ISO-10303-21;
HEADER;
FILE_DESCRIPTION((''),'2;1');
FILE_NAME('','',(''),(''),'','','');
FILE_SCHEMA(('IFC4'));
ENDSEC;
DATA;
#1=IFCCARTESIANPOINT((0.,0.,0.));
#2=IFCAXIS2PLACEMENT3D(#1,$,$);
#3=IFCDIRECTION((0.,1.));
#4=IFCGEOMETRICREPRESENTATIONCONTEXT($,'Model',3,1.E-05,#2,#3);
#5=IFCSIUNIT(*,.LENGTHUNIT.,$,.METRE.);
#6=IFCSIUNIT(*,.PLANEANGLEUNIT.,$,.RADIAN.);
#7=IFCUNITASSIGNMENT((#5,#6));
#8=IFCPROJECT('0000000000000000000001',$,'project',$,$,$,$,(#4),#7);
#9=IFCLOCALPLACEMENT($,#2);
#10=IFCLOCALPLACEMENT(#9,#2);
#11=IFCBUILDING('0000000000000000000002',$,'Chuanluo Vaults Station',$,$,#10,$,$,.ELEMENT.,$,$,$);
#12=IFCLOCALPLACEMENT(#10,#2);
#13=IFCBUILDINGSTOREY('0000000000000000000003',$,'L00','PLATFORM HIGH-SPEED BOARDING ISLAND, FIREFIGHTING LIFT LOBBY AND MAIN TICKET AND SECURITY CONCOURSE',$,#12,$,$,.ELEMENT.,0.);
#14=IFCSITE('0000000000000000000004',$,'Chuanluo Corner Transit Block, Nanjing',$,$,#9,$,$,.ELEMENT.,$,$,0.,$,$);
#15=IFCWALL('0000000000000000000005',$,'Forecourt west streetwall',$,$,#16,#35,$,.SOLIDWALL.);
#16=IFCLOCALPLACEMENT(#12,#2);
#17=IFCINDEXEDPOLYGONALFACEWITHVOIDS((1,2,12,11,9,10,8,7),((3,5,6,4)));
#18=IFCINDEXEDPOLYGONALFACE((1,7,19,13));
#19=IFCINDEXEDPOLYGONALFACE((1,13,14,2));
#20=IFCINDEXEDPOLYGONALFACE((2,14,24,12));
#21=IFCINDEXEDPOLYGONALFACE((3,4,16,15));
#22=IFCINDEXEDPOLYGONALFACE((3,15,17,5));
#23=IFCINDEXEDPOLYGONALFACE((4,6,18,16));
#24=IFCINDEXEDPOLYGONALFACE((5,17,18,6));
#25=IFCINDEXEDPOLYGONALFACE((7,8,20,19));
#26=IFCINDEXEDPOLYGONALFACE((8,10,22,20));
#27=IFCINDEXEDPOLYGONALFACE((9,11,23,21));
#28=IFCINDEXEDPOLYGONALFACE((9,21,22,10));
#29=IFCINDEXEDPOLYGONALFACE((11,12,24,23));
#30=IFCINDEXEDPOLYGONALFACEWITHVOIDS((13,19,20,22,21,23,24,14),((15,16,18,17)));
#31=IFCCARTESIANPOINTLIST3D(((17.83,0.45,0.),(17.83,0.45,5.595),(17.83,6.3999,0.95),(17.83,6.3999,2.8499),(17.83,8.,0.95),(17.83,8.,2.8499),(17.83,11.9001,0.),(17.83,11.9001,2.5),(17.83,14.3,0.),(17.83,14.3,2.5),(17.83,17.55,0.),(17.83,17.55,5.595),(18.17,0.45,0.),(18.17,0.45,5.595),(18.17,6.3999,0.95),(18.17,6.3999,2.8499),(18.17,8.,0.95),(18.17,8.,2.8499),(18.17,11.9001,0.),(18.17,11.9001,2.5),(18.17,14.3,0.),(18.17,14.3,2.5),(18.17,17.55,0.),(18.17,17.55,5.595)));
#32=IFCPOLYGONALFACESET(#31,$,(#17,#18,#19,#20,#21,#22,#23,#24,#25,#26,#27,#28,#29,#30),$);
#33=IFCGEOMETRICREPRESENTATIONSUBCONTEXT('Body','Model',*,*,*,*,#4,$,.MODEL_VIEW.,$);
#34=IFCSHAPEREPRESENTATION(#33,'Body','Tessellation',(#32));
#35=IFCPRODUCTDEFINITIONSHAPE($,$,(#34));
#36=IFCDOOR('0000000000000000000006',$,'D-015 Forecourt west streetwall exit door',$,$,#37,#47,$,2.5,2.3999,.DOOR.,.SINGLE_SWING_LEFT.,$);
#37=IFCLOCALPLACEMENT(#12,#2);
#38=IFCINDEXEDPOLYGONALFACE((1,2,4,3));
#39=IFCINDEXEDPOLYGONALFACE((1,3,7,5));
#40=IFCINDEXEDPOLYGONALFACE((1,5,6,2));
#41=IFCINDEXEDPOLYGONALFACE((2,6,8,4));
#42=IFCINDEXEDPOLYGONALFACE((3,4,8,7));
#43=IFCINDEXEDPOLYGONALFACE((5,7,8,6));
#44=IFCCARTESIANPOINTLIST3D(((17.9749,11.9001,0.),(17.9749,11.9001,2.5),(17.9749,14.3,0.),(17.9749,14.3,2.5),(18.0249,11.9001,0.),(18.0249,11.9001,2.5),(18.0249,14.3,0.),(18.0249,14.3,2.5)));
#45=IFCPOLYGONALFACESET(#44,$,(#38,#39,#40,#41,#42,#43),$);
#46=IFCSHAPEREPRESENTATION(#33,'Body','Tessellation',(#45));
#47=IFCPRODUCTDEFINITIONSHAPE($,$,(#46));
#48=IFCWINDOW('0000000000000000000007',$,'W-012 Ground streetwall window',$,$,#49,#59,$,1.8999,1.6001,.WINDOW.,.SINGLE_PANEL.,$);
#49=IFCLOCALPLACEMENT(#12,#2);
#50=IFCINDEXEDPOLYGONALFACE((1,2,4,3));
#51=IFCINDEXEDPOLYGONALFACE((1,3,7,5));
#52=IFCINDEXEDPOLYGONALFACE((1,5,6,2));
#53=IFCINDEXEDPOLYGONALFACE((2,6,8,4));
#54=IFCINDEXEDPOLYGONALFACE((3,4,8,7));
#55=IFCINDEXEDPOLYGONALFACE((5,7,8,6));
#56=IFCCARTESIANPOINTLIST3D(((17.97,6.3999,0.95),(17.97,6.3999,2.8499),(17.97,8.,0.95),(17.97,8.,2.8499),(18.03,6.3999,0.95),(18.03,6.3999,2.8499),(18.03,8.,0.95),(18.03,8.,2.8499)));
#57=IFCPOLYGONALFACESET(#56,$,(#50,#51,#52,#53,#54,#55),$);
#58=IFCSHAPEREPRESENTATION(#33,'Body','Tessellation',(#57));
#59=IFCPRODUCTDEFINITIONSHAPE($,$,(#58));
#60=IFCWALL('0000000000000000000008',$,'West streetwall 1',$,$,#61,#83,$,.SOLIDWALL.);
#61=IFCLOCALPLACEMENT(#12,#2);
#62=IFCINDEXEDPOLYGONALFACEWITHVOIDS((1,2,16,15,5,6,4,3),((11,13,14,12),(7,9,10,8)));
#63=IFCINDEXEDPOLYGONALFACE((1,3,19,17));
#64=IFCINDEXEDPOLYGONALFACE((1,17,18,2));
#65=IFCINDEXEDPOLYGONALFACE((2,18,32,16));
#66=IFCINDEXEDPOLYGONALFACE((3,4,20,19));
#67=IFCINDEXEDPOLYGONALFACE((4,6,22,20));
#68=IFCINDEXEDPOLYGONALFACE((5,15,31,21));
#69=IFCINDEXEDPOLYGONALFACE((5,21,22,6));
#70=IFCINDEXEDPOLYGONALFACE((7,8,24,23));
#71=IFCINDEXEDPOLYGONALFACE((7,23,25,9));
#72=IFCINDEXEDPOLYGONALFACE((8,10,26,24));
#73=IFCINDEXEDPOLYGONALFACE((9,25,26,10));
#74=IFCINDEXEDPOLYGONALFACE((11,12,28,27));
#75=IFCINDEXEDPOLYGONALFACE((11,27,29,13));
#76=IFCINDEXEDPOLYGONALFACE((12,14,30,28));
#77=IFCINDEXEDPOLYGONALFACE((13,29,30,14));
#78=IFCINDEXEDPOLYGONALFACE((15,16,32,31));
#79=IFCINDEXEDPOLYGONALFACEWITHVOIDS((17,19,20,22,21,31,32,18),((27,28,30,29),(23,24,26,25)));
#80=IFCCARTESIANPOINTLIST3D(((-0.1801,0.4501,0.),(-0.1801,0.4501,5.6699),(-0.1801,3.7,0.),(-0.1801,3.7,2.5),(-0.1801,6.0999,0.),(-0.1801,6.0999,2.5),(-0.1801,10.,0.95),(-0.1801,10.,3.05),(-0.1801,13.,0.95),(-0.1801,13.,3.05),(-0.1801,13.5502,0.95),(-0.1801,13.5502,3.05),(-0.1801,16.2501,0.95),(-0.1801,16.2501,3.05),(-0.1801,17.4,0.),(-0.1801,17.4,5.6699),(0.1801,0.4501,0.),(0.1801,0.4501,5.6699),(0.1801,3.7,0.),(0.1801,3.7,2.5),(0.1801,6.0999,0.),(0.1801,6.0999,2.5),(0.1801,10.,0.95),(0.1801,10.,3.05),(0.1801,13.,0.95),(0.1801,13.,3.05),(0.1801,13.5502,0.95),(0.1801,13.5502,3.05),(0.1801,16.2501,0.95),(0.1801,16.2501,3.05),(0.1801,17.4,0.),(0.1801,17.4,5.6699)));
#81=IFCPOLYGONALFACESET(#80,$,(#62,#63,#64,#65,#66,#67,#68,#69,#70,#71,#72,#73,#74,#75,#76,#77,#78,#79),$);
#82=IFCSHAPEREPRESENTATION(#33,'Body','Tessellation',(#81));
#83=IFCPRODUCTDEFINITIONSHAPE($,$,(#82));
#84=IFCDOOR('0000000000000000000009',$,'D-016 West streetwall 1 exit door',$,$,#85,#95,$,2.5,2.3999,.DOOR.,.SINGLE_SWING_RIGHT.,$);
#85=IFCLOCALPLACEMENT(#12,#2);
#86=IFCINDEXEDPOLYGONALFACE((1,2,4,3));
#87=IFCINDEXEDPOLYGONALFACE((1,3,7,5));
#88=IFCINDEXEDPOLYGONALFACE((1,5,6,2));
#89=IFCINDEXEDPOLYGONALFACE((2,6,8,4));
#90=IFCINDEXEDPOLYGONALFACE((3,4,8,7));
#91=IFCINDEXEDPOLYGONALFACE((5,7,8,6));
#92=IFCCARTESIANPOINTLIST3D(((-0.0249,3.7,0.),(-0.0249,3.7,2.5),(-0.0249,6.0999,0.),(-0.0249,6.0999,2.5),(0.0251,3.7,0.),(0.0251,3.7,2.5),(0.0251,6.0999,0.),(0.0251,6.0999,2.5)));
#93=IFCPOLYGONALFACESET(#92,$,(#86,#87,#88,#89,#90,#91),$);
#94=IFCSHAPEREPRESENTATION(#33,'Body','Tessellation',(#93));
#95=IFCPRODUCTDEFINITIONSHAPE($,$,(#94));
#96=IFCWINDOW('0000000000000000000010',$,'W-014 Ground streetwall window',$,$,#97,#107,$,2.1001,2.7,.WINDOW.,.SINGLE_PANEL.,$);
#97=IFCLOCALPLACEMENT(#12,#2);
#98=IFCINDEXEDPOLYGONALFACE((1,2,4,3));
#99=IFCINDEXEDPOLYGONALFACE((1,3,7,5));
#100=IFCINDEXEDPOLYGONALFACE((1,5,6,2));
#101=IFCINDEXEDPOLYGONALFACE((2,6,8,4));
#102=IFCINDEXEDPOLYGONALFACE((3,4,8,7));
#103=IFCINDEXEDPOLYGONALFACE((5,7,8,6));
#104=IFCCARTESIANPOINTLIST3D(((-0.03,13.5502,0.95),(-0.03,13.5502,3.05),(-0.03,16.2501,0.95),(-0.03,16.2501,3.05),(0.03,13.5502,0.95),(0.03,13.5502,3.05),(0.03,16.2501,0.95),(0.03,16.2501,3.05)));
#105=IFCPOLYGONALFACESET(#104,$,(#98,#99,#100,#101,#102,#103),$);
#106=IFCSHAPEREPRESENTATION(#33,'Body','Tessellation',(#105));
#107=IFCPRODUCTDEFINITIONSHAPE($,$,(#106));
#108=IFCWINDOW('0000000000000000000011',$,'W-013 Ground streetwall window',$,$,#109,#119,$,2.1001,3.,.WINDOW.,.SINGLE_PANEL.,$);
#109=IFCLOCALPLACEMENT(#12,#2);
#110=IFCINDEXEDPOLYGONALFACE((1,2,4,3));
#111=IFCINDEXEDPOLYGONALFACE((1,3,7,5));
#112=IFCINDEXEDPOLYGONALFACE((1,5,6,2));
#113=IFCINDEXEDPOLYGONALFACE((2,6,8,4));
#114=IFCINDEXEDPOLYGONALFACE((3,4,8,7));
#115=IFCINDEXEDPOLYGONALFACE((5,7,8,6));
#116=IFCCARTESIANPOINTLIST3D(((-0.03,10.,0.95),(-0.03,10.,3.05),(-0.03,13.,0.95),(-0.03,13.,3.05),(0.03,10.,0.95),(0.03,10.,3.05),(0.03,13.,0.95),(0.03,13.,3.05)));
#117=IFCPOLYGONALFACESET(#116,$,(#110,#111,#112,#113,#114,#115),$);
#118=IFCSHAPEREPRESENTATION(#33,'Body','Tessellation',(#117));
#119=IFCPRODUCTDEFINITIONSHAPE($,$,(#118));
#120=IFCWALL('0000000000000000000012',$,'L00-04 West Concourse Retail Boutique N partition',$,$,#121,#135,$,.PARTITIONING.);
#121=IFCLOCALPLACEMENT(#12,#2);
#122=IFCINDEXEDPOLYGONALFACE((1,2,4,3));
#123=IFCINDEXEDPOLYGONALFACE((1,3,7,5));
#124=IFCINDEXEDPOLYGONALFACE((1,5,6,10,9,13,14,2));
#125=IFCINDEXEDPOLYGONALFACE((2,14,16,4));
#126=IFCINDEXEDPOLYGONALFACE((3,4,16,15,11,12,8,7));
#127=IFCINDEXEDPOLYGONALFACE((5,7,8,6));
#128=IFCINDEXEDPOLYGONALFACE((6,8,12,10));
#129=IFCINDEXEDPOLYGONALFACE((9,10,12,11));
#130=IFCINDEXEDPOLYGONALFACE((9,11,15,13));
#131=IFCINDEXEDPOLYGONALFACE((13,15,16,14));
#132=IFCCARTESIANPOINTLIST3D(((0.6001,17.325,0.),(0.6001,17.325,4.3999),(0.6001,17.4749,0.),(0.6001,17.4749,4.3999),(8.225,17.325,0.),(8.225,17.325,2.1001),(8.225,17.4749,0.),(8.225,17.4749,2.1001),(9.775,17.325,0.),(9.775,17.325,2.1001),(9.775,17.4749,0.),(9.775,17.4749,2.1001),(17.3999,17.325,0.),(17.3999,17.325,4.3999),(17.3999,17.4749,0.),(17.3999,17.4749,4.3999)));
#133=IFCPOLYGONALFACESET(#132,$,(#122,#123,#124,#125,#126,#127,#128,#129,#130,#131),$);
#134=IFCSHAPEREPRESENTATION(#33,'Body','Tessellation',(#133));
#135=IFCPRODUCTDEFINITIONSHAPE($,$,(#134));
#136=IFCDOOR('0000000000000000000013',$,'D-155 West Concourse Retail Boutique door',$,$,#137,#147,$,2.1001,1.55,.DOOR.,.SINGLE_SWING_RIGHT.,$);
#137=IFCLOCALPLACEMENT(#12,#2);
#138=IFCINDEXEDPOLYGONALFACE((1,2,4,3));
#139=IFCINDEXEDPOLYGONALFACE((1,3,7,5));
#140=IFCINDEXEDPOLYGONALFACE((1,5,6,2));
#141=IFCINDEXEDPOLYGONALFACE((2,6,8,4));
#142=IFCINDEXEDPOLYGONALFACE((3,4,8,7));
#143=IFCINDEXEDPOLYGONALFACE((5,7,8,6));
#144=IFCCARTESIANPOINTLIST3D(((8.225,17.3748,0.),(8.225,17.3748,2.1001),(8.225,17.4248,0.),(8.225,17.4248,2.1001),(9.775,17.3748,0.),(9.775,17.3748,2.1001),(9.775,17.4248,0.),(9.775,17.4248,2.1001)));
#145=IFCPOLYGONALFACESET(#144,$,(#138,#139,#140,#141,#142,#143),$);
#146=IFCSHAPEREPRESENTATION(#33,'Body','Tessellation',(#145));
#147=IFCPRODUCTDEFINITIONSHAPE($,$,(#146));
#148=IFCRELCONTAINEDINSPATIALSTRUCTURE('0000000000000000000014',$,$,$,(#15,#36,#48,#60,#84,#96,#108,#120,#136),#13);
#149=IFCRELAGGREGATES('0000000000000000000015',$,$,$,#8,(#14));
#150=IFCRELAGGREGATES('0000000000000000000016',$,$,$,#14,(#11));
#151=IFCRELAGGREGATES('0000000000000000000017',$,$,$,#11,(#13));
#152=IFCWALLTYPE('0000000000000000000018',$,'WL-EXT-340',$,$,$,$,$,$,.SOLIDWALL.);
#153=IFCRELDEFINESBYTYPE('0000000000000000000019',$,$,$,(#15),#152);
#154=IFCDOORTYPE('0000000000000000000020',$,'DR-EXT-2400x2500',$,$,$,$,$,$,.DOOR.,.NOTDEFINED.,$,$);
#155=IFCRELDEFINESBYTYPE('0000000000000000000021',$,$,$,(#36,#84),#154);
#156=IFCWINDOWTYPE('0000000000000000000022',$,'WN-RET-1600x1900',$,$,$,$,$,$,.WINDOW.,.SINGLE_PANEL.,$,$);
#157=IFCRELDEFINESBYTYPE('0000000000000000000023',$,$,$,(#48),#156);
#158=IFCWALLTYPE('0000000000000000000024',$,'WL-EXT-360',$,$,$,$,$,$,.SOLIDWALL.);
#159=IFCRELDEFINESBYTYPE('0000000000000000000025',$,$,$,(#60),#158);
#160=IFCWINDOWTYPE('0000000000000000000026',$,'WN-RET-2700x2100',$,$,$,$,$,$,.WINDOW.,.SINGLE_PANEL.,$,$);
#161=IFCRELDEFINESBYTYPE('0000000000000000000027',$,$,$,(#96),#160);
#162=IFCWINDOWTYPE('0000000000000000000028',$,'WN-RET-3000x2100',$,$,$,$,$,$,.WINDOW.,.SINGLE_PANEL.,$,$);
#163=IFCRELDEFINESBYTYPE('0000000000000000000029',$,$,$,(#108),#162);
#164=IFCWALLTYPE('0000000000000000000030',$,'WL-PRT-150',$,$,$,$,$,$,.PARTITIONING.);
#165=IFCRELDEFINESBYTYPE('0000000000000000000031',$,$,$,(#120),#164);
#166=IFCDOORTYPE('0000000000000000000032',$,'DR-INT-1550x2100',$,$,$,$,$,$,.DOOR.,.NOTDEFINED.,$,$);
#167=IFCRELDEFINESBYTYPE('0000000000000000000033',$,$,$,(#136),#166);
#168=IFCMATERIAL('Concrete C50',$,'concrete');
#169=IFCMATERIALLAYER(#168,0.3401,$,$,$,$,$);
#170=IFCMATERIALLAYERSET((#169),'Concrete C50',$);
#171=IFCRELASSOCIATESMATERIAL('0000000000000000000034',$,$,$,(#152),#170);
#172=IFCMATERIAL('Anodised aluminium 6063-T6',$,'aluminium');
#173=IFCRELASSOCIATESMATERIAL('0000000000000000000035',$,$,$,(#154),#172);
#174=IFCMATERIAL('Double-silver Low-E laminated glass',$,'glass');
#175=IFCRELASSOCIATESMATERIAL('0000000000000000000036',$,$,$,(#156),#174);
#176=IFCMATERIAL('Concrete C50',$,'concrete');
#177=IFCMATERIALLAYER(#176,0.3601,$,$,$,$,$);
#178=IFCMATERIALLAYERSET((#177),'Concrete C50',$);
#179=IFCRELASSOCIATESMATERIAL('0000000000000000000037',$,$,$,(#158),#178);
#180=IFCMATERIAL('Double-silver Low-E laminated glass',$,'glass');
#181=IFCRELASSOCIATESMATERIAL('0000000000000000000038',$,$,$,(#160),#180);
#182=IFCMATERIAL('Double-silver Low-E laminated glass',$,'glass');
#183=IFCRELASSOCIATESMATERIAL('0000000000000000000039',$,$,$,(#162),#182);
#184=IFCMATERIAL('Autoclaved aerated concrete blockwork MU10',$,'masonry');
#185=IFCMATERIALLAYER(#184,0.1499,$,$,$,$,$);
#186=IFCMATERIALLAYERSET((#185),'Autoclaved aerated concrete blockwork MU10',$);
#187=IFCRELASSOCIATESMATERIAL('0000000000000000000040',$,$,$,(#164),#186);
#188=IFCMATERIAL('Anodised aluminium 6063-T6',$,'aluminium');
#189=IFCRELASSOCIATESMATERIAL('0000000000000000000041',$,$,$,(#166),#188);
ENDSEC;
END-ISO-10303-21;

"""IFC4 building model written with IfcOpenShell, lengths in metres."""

from ifc_helpers import new_model, si_unit, direction, frame, frame_2d, origin, place, context, subcontext, project, spatial, rectangle, extrude, material, layer, layer_set, type_object, element, fill, save


model = new_model("IFC4")

# Units and contexts
model_context = context("Model", 3, precision=1e-05, world=origin(), true_north=direction((0.0, 1.0)))
body_context = subcontext(model_context, "Body", "Model", "MODEL_VIEW")
ifc_project = project(units=[si_unit("LENGTHUNIT", "METRE"), si_unit("PLANEANGLEUNIT", "RADIAN")], contexts=[model_context])

# Site, building, storey
site_placement = place(None, origin())
site = spatial("IfcSite", under=ifc_project, at=site_placement, Name="Chuanluo Corner Transit Block, Nanjing", CompositionType="ELEMENT", RefElevation=0.0)
building_placement = place(site_placement, origin())
building = spatial("IfcBuilding", under=site, at=building_placement, Name="Chuanluo Vaults Station", CompositionType="ELEMENT")
storey_placement = place(building_placement, origin())
storey = spatial("IfcBuildingStorey", under=building, at=storey_placement, Name="L00", Description="PLATFORM HIGH-SPEED BOARDING ISLAND, FIREFIGHTING LIFT LOBBY AND MAIN TICKET AND SECURITY CONCOURSE", CompositionType="ELEMENT", Elevation=0.0)

# Wall, openings, door, window
ifc_material_1 = material(Name="Concrete C50", Category="concrete")
ifc_layer_1 = layer(ifc_material_1, 0.3401)
ifc_layer_set_1 = layer_set([ifc_layer_1], Name="Concrete C50")
wall_type_1 = type_object("IfcWallType", Name="WL-EXT-340", PredefinedType="SOLIDWALL", material=ifc_layer_set_1)
wall_1_placement = place(storey_placement, frame((18.0, 17.55, 0.0), z_axis=(0.0, 0.0, 1.0), x_axis=(0.0, -1.0, 0.0)))
wall_1 = element("IfcWall", 1, at=wall_1_placement, inside=storey, type_object=wall_type_1, Name="Forecourt west streetwall", PredefinedType="SOLIDWALL", context=body_context, shape_type="SweptSolid", body=[
    extrude(rectangle(XDim=17.1001, YDim=0.3401, at=frame_2d((8.55, 0.0))), origin(), (0.0, 0.0, 1.0), 5.595),
])
opening_1_placement = place(wall_1_placement, frame((3.25, 0.0, 0.0)))
opening_1 = element("IfcOpeningElement", 2, at=opening_1_placement, cuts=wall_1, PredefinedType="OPENING", context=body_context, shape_type="SweptSolid", body=[
    extrude(rectangle(XDim=2.3999, YDim=2.5, at=frame_2d((1.2, 1.25))), frame((0.0, 0.1799, 0.0), z_axis=(0.0, -1.0, 0.0), x_axis=(1.0, 0.0, 0.0)), (0.0, 0.0, 1.0), 0.3601),
])
opening_2_placement = place(wall_1_placement, frame((9.55, 0.0, 0.95)))
opening_2 = element("IfcOpeningElement", 3, at=opening_2_placement, cuts=wall_1, PredefinedType="OPENING", context=body_context, shape_type="SweptSolid", body=[
    extrude(rectangle(XDim=1.6001, YDim=1.8999, at=frame_2d((0.8, 0.95))), frame((0.0, 0.1799, 0.0), z_axis=(0.0, -1.0, 0.0), x_axis=(1.0, 0.0, 0.0)), (0.0, 0.0, 1.0), 0.3601),
])
ifc_material_2 = material(Name="Anodised aluminium 6063-T6", Category="aluminium")
door_type_1 = type_object("IfcDoorType", Name="DR-EXT-2400x2500", OperationType="NOTDEFINED", PredefinedType="DOOR", material=ifc_material_2)
door_1_placement = place(opening_1_placement, origin())
door_1 = element("IfcDoor", 4, at=door_1_placement, inside=storey, type_object=door_type_1, Name="D-015 Forecourt west streetwall exit door", OperationType="SINGLE_SWING_LEFT", OverallHeight=2.5, OverallWidth=2.3999, PredefinedType="DOOR", context=body_context, shape_type="SweptSolid", body=[
    extrude(rectangle(XDim=2.3999, YDim=2.5, at=frame_2d((1.2, 1.25))), frame((0.0, 0.0249, 0.0), z_axis=(0.0, -1.0, 0.0), x_axis=(1.0, 0.0, 0.0)), (0.0, 0.0, 1.0), 0.05),
])
fill(opening_1, door_1)
ifc_material_3 = material(Name="Double-silver Low-E laminated glass", Category="glass")
window_type_1 = type_object("IfcWindowType", Name="WN-RET-1600x1900", PartitioningType="SINGLE_PANEL", PredefinedType="WINDOW", material=ifc_material_3)
window_1_placement = place(opening_2_placement, origin())
window_1 = element("IfcWindow", 5, at=window_1_placement, inside=storey, type_object=window_type_1, Name="W-012 Ground streetwall window", OverallHeight=1.8999, OverallWidth=1.6001, PartitioningType="SINGLE_PANEL", PredefinedType="WINDOW", context=body_context, shape_type="SweptSolid", body=[
    extrude(rectangle(XDim=1.6001, YDim=1.8999, at=frame_2d((0.8, 0.95))), frame((0.0, 0.03, 0.0), z_axis=(0.0, -1.0, 0.0), x_axis=(1.0, 0.0, 0.0)), (0.0, 0.0, 1.0), 0.0601),
])
fill(opening_2, window_1)

# Wall, openings, door, windows
ifc_material_4 = material(Name="Concrete C50", Category="concrete")
ifc_layer_2 = layer(ifc_material_4, 0.3601)
ifc_layer_set_2 = layer_set([ifc_layer_2], Name="Concrete C50")
wall_type_2 = type_object("IfcWallType", Name="WL-EXT-360", PredefinedType="SOLIDWALL", material=ifc_layer_set_2)
wall_2_placement = place(storey_placement, frame((0.0, 0.45, 0.0), z_axis=(0.0, 0.0, 1.0), x_axis=(0.0, 1.0, 0.0)))
wall_2 = element("IfcWall", 6, at=wall_2_placement, inside=storey, type_object=wall_type_2, Name="West streetwall 1", PredefinedType="SOLIDWALL", context=body_context, shape_type="SweptSolid", body=[
    extrude(rectangle(XDim=16.95, YDim=0.3601, at=frame_2d((8.4751, 0.0))), origin(), (0.0, 0.0, 1.0), 5.6699),
])
opening_3_placement = place(wall_2_placement, frame((3.25, 0.0, 0.0)))
opening_3 = element("IfcOpeningElement", 7, at=opening_3_placement, cuts=wall_2, PredefinedType="OPENING", context=body_context, shape_type="SweptSolid", body=[
    extrude(rectangle(XDim=2.3999, YDim=2.5, at=frame_2d((1.2, 1.25))), frame((0.0, 0.1902, 0.0), z_axis=(0.0, -1.0, 0.0), x_axis=(1.0, 0.0, 0.0)), (0.0, 0.0, 1.0), 0.3801),
])
opening_4_placement = place(wall_2_placement, frame((9.55, 0.0, 0.95)))
opening_4 = element("IfcOpeningElement", 8, at=opening_4_placement, cuts=wall_2, PredefinedType="OPENING", context=body_context, shape_type="SweptSolid", body=[
    extrude(rectangle(XDim=3.0, YDim=2.1001, at=frame_2d((1.5, 1.05))), frame((0.0, 0.1902, 0.0), z_axis=(0.0, -1.0, 0.0), x_axis=(1.0, 0.0, 0.0)), (0.0, 0.0, 1.0), 0.3801),
])
opening_5_placement = place(wall_2_placement, frame((13.1001, 0.0, 0.95)))
opening_5 = element("IfcOpeningElement", 9, at=opening_5_placement, cuts=wall_2, PredefinedType="OPENING", context=body_context, shape_type="SweptSolid", body=[
    extrude(rectangle(XDim=2.7, YDim=2.1001, at=frame_2d((1.3501, 1.05))), frame((0.0, 0.1902, 0.0), z_axis=(0.0, -1.0, 0.0), x_axis=(1.0, 0.0, 0.0)), (0.0, 0.0, 1.0), 0.3801),
])
door_2_placement = place(opening_3_placement, origin())
door_2 = element("IfcDoor", 10, at=door_2_placement, inside=storey, type_object=door_type_1, Name="D-016 West streetwall 1 exit door", OperationType="SINGLE_SWING_RIGHT", OverallHeight=2.5, OverallWidth=2.3999, PredefinedType="DOOR", context=body_context, shape_type="SweptSolid", body=[
    extrude(rectangle(XDim=2.3999, YDim=2.5, at=frame_2d((1.2, 1.25))), frame((0.0, 0.0249, 0.0), z_axis=(0.0, -1.0, 0.0), x_axis=(1.0, 0.0, 0.0)), (0.0, 0.0, 1.0), 0.05),
])
fill(opening_3, door_2)
ifc_material_5 = material(Name="Double-silver Low-E laminated glass", Category="glass")
window_type_2 = type_object("IfcWindowType", Name="WN-RET-2700x2100", PartitioningType="SINGLE_PANEL", PredefinedType="WINDOW", material=ifc_material_5)
window_2_placement = place(opening_5_placement, origin())
window_2 = element("IfcWindow", 11, at=window_2_placement, inside=storey, type_object=window_type_2, Name="W-014 Ground streetwall window", OverallHeight=2.1001, OverallWidth=2.7, PartitioningType="SINGLE_PANEL", PredefinedType="WINDOW", context=body_context, shape_type="SweptSolid", body=[
    extrude(rectangle(XDim=2.7, YDim=2.1001, at=frame_2d((1.3501, 1.05))), frame((0.0, 0.03, 0.0), z_axis=(0.0, -1.0, 0.0), x_axis=(1.0, 0.0, 0.0)), (0.0, 0.0, 1.0), 0.0601),
])
fill(opening_5, window_2)
ifc_material_6 = material(Name="Double-silver Low-E laminated glass", Category="glass")
window_type_3 = type_object("IfcWindowType", Name="WN-RET-3000x2100", PartitioningType="SINGLE_PANEL", PredefinedType="WINDOW", material=ifc_material_6)
window_3_placement = place(opening_4_placement, origin())
window_3 = element("IfcWindow", 12, at=window_3_placement, inside=storey, type_object=window_type_3, Name="W-013 Ground streetwall window", OverallHeight=2.1001, OverallWidth=3.0, PartitioningType="SINGLE_PANEL", PredefinedType="WINDOW", context=body_context, shape_type="SweptSolid", body=[
    extrude(rectangle(XDim=3.0, YDim=2.1001, at=frame_2d((1.5, 1.05))), frame((0.0, 0.03, 0.0), z_axis=(0.0, -1.0, 0.0), x_axis=(1.0, 0.0, 0.0)), (0.0, 0.0, 1.0), 0.0601),
])
fill(opening_4, window_3)

# Wall, opening, door
ifc_material_7 = material(Name="Autoclaved aerated concrete blockwork MU10", Category="masonry")
ifc_layer_3 = layer(ifc_material_7, 0.1499)
ifc_layer_set_3 = layer_set([ifc_layer_3], Name="Autoclaved aerated concrete blockwork MU10")
wall_type_3 = type_object("IfcWallType", Name="WL-PRT-150", PredefinedType="PARTITIONING", material=ifc_layer_set_3)
wall_3_placement = place(storey_placement, frame((0.6001, 17.3999, 0.0), z_axis=(0.0, 0.0, 1.0), x_axis=(1.0, 0.0, 0.0)))
wall_3 = element("IfcWall", 13, at=wall_3_placement, inside=storey, type_object=wall_type_3, Name="L00-04 West Concourse Retail Boutique N partition", PredefinedType="PARTITIONING", context=body_context, shape_type="SweptSolid", body=[
    extrude(rectangle(XDim=16.7998, YDim=0.1499, at=frame_2d((8.3999, 0.0))), origin(), (0.0, 0.0, 1.0), 4.3999),
])
opening_6_placement = place(wall_3_placement, frame((7.625, 0.0, 0.0)))
opening_6 = element("IfcOpeningElement", 14, at=opening_6_placement, cuts=wall_3, PredefinedType="OPENING", context=body_context, shape_type="SweptSolid", body=[
    extrude(rectangle(XDim=1.55, YDim=2.1001, at=frame_2d((0.7749, 1.05))), frame((0.0, 0.0849, 0.0), z_axis=(0.0, -1.0, 0.0), x_axis=(1.0, 0.0, 0.0)), (0.0, 0.0, 1.0), 0.1699),
])
ifc_material_8 = material(Name="Anodised aluminium 6063-T6", Category="aluminium")
door_type_2 = type_object("IfcDoorType", Name="DR-INT-1550x2100", OperationType="NOTDEFINED", PredefinedType="DOOR", material=ifc_material_8)
door_3_placement = place(opening_6_placement, origin())
door_3 = element("IfcDoor", 15, at=door_3_placement, inside=storey, type_object=door_type_2, Name="D-155 West Concourse Retail Boutique door", OperationType="SINGLE_SWING_RIGHT", OverallHeight=2.1001, OverallWidth=1.55, PredefinedType="DOOR", context=body_context, shape_type="SweptSolid", body=[
    extrude(rectangle(XDim=1.55, YDim=2.1001, at=frame_2d((0.7749, 1.05))), frame((0.0, 0.0249, 0.0), z_axis=(0.0, -1.0, 0.0), x_axis=(1.0, 0.0, 0.0)), (0.0, 0.0, 1.0), 0.05),
])
fill(opening_6, door_3)

save(model, "model.ifc")
